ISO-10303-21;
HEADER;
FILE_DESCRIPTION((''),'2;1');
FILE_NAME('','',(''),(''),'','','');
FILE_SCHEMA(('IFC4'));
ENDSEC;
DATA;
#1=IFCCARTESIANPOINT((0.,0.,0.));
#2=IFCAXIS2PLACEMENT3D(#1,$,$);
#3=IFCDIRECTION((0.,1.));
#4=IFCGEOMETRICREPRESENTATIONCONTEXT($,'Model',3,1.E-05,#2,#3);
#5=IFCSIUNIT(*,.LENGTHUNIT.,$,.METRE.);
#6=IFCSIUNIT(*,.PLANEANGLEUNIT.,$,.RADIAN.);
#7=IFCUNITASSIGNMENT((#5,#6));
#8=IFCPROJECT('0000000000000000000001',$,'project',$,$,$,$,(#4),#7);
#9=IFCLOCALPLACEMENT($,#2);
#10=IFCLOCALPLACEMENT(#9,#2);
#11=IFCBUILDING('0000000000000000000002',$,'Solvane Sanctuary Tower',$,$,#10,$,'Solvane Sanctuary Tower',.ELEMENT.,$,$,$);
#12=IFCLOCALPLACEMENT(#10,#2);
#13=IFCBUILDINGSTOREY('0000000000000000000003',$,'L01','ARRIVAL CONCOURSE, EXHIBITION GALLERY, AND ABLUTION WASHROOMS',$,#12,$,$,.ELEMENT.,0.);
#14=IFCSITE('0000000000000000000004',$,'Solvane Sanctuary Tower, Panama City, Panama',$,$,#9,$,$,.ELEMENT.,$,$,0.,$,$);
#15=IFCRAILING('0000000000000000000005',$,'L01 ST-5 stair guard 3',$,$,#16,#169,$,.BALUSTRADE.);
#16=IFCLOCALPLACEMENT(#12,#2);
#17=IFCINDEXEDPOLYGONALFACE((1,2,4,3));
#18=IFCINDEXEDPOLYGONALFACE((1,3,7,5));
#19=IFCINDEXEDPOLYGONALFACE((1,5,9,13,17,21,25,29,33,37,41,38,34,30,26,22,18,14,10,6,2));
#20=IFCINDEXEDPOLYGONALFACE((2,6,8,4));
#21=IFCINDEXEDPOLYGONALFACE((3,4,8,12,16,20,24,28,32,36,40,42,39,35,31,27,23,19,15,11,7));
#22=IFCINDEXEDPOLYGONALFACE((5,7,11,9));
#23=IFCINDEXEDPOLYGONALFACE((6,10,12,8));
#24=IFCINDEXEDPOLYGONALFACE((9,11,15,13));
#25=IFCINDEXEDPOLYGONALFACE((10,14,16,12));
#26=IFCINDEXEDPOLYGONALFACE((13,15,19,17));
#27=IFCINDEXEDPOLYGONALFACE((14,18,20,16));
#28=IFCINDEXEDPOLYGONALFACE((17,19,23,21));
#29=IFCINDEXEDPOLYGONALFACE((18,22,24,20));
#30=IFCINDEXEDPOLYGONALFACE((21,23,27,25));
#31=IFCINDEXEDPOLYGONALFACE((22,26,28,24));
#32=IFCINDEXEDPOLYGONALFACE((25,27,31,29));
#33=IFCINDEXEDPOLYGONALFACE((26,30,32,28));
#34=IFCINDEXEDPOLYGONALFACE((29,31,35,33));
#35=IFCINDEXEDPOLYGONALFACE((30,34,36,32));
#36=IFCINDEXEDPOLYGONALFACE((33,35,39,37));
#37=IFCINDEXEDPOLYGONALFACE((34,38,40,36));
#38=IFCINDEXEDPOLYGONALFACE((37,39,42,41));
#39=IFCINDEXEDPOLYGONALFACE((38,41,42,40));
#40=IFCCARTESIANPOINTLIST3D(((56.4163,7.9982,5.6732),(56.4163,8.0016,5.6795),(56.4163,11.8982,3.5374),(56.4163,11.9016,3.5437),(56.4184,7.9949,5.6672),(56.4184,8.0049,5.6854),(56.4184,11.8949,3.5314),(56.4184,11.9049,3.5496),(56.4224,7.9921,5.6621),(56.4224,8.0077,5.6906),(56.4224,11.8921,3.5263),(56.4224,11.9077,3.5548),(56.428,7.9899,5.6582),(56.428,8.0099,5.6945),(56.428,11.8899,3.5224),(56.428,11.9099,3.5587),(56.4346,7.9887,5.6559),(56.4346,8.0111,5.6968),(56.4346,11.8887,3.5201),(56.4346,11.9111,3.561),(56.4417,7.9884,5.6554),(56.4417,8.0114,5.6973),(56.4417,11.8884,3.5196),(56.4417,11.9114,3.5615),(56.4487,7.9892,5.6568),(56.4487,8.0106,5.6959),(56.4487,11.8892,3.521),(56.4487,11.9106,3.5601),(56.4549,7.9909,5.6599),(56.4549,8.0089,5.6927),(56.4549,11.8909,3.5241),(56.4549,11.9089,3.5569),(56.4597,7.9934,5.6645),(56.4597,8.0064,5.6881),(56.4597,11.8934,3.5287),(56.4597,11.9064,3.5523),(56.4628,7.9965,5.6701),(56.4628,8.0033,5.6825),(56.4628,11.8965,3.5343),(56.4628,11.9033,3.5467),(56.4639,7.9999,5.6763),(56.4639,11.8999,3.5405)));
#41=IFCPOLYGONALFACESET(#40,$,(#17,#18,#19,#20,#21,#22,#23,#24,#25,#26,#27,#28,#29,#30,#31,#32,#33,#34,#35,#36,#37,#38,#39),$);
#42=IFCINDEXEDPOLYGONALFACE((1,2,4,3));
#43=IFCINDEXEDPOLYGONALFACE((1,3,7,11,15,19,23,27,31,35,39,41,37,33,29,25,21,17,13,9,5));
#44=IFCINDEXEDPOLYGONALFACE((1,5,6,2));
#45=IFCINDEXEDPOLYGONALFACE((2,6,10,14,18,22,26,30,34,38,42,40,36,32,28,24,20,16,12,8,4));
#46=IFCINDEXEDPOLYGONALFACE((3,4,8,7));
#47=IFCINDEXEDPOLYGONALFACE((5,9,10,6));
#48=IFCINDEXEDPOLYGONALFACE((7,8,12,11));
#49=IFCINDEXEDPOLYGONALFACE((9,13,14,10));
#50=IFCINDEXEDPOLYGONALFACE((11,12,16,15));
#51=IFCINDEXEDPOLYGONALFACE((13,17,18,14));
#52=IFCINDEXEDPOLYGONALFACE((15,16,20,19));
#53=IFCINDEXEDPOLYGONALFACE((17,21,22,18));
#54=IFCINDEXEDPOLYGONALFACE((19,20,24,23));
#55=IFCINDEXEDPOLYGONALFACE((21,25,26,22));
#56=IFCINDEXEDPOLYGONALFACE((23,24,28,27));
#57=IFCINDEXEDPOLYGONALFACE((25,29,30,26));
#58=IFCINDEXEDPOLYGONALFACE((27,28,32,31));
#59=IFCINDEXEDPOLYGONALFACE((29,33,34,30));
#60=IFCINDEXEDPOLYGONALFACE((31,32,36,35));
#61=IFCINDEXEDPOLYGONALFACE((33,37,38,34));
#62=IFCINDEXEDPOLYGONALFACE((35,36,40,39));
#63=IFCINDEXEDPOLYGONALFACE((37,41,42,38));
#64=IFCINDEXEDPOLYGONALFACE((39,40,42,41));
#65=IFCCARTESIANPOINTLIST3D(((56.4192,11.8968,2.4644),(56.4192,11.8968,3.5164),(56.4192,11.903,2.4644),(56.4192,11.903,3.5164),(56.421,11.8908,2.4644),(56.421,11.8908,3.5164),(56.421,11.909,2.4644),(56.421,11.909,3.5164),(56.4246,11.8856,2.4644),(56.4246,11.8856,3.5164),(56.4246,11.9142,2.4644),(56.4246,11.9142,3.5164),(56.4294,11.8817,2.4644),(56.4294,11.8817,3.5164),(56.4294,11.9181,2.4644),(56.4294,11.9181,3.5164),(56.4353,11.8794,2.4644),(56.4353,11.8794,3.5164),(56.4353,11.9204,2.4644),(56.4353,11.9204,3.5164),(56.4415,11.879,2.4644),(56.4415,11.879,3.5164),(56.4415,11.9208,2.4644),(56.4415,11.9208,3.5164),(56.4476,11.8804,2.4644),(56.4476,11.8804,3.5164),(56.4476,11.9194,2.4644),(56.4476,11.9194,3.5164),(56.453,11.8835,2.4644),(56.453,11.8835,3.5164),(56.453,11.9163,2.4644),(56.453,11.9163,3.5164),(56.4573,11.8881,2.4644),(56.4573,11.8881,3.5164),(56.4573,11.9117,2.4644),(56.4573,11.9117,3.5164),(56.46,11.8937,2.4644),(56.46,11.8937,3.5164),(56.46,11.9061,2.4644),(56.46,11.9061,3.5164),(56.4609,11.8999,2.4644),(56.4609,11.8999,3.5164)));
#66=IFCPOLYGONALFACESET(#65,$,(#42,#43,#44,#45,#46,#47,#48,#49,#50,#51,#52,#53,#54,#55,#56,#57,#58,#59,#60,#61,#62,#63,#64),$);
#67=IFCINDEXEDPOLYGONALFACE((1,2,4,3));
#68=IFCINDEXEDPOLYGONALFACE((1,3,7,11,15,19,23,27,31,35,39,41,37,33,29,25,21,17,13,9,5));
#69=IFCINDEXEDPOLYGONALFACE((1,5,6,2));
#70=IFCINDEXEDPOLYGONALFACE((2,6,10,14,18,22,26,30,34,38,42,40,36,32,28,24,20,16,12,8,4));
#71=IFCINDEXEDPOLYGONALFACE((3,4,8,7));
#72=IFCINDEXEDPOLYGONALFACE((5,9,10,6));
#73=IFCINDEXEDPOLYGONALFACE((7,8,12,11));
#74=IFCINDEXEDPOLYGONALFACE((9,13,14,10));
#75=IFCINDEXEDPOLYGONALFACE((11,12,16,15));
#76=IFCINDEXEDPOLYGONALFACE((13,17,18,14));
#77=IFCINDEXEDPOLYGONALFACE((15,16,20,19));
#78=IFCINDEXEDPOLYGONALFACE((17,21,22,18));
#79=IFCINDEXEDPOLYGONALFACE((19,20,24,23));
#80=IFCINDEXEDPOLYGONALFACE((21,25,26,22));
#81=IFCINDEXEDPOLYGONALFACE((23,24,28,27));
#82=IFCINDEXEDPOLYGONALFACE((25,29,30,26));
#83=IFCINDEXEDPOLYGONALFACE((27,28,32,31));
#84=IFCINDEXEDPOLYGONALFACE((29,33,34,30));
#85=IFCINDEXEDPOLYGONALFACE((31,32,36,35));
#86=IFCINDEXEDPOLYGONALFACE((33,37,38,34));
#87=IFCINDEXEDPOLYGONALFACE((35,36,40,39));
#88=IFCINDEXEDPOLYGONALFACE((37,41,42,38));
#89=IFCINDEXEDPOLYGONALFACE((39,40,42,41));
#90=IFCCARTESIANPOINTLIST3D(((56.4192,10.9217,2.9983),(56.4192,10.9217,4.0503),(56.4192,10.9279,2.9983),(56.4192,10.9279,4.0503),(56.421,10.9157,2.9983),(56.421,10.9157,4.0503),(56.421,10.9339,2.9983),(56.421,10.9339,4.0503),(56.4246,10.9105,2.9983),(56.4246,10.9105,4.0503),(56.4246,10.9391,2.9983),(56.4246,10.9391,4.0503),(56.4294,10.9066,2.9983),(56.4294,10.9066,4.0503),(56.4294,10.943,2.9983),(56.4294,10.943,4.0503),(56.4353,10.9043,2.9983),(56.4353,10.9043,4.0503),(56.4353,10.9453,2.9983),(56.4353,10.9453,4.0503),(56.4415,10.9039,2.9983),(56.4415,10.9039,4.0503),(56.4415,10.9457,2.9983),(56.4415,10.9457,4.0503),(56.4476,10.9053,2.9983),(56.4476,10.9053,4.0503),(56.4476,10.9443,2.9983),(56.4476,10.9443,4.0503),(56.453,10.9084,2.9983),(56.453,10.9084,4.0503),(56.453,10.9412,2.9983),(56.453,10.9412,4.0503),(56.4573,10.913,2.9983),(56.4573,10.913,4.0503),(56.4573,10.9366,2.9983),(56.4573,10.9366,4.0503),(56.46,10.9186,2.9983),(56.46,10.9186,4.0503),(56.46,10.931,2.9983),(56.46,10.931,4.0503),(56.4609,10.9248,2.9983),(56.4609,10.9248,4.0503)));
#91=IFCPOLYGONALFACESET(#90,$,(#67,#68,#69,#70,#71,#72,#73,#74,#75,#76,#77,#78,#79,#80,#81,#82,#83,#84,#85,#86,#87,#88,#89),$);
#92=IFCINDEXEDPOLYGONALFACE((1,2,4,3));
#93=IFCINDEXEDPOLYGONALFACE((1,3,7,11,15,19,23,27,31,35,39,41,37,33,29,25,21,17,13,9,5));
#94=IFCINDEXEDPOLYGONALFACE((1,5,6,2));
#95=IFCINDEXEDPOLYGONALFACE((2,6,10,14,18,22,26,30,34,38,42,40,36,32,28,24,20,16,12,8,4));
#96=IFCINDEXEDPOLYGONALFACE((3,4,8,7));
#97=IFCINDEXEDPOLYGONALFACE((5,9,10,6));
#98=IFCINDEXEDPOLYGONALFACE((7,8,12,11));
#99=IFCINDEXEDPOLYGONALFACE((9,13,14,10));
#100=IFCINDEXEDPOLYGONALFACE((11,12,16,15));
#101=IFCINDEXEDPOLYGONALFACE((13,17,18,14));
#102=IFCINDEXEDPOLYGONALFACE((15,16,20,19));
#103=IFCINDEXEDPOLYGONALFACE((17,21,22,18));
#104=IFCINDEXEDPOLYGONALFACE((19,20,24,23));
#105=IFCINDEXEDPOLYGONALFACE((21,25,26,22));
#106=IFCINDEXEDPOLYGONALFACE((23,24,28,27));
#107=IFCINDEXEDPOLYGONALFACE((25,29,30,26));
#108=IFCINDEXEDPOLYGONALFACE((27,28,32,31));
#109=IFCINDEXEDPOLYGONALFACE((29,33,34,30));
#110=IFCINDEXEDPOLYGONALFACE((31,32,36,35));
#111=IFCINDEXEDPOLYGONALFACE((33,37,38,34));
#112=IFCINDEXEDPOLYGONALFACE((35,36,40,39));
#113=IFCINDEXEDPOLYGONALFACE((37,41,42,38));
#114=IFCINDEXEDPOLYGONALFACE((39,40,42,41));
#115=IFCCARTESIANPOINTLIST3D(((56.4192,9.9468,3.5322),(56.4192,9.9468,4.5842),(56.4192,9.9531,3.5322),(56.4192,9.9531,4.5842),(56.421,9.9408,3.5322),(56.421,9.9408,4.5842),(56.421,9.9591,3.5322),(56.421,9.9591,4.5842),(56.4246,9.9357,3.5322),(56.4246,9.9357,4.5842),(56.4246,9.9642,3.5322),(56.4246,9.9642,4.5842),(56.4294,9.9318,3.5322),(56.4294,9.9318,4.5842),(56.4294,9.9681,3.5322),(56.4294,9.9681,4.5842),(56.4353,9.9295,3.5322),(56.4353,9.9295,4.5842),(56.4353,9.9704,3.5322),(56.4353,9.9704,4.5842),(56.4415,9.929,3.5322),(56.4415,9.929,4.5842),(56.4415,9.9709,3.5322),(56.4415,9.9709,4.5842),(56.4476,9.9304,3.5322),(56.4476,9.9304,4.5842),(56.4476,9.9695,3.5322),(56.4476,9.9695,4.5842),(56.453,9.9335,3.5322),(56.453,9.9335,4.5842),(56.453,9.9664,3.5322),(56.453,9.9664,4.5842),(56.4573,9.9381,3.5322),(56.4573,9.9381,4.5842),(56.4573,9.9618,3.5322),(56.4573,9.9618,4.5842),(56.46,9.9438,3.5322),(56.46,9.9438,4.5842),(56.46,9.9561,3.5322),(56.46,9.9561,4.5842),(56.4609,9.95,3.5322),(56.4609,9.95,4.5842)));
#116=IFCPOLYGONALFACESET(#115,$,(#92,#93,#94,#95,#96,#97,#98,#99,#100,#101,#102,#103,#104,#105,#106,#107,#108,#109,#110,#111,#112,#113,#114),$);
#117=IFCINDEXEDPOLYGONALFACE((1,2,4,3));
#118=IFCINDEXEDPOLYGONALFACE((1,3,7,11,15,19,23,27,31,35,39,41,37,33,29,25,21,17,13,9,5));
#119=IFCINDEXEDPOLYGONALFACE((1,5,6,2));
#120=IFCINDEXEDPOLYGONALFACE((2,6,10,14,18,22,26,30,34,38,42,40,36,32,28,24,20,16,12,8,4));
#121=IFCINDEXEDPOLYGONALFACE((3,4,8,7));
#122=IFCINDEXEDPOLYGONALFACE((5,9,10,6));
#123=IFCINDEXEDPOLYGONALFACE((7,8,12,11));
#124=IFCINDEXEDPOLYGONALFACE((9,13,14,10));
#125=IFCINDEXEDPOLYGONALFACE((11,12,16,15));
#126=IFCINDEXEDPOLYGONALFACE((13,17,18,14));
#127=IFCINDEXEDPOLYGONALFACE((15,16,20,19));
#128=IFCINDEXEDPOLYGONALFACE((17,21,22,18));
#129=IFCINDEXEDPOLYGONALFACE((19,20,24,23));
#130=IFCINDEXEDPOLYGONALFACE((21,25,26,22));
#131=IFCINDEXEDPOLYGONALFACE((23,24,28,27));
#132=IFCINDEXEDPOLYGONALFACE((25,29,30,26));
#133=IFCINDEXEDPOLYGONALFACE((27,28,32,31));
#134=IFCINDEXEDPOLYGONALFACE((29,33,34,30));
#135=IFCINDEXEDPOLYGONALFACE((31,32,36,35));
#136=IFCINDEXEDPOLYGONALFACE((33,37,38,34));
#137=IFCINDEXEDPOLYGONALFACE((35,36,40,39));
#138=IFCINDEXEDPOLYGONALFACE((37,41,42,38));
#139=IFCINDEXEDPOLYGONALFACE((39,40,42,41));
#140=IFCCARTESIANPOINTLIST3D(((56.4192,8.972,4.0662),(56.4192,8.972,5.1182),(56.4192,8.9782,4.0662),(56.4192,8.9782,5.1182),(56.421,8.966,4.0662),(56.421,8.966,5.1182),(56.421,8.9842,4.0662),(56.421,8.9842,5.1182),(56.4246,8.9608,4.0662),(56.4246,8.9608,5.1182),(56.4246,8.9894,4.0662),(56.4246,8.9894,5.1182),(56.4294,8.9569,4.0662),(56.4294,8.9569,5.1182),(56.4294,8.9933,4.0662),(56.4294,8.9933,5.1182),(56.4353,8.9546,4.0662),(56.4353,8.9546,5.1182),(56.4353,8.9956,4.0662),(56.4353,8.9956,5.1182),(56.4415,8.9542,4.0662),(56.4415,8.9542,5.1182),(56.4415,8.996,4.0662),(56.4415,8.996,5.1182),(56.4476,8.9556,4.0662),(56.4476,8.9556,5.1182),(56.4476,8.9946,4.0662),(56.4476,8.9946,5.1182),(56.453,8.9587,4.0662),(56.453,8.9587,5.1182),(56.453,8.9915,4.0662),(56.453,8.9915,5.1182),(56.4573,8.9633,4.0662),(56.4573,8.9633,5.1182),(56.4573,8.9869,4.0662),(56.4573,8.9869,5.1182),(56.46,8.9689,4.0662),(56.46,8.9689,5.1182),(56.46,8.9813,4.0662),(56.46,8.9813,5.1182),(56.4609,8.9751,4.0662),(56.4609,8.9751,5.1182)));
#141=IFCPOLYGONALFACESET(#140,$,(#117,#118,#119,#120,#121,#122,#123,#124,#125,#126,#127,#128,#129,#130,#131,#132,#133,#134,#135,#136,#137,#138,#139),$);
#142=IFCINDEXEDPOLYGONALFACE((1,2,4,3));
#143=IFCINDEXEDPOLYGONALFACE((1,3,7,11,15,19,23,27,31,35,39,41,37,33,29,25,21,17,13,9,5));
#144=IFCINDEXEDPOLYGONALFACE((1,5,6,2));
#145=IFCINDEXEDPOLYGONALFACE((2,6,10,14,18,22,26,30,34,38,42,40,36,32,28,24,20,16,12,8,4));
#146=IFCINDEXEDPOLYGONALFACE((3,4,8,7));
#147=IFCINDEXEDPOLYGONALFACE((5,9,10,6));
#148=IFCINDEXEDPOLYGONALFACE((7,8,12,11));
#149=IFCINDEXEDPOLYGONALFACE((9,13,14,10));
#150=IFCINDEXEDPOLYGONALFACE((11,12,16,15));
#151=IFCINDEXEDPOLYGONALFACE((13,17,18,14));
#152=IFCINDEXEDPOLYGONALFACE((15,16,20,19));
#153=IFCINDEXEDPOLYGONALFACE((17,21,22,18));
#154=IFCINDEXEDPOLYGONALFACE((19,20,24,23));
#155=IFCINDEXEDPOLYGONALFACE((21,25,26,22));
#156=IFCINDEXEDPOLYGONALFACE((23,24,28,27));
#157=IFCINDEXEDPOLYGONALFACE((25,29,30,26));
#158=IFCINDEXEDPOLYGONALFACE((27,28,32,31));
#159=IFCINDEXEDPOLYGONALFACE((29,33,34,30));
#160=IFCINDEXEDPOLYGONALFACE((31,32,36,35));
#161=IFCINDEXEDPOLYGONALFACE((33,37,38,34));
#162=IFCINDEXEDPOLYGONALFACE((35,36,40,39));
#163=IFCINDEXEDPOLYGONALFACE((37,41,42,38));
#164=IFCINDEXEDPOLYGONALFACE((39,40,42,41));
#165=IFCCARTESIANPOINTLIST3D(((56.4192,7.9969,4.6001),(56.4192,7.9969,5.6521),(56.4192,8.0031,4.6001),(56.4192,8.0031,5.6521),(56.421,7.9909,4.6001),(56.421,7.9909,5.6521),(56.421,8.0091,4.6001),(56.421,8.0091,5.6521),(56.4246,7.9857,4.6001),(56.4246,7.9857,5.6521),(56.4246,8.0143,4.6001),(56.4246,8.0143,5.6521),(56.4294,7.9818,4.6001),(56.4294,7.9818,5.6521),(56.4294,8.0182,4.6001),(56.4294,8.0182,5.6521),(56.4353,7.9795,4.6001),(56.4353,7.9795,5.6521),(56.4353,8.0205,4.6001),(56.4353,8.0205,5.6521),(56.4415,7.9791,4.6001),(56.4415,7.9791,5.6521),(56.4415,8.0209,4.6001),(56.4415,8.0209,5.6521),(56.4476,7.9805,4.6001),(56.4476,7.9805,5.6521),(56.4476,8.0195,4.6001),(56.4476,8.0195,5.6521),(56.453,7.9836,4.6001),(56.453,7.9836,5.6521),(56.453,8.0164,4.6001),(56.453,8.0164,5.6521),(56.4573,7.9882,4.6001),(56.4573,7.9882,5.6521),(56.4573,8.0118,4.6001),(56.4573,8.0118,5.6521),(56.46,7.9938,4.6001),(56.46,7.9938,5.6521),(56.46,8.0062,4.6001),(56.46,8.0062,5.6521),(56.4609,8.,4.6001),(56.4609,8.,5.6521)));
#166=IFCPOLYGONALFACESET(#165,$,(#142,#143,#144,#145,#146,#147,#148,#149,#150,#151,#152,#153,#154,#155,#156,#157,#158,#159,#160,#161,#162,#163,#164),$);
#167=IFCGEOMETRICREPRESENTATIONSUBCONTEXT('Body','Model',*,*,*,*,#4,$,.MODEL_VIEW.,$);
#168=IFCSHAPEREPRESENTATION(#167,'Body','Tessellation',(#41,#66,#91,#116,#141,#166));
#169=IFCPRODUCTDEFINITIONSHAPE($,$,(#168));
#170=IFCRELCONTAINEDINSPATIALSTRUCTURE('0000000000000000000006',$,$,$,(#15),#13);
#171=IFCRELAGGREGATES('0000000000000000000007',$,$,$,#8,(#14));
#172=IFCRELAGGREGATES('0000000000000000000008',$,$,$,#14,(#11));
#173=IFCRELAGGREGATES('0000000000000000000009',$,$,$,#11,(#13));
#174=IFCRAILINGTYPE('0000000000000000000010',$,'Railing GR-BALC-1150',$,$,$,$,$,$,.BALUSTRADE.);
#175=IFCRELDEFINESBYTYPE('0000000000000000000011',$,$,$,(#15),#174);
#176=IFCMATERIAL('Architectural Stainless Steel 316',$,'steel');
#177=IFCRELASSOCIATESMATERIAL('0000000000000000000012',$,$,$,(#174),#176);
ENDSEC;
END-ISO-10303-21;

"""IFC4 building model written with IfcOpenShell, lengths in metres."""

from ifc_helpers import new_model, si_unit, direction, frame, origin, origin_2d, place, context, subcontext, project, spatial, circle, extrude, material, type_object, element, save


model = new_model("IFC4")

# Units and contexts
model_context = context("Model", 3, precision=1e-05, world=origin(), true_north=direction((0.0, 1.0)))
body_context = subcontext(model_context, "Body", "Model", "MODEL_VIEW")
ifc_project = project(units=[si_unit("LENGTHUNIT", "METRE"), si_unit("PLANEANGLEUNIT", "RADIAN")], contexts=[model_context])

# Site, building, storey
site_placement = place(None, origin())
site = spatial("IfcSite", under=ifc_project, at=site_placement, Name="Solvane Sanctuary Tower, Panama City, Panama", CompositionType="ELEMENT", RefElevation=0.0)
building_placement = place(site_placement, origin())
building = spatial("IfcBuilding", under=site, at=building_placement, Name="Solvane Sanctuary Tower", LongName="Solvane Sanctuary Tower", CompositionType="ELEMENT")
storey_placement = place(building_placement, origin())
storey = spatial("IfcBuildingStorey", under=building, at=storey_placement, Name="L01", Description="ARRIVAL CONCOURSE, EXHIBITION GALLERY, AND ABLUTION WASHROOMS", CompositionType="ELEMENT", Elevation=0.0)

# Shared definitions
ifc_material_1 = material(Name="Architectural Stainless Steel 316", Category="steel")

# Railing
railing_type_1 = type_object("IfcRailingType", Name="Railing GR-BALC-1150", PredefinedType="BALUSTRADE", material=ifc_material_1)
railing_1_placement = place(storey_placement, frame((56.4399, 11.8999, 2.4644)))
element("IfcRailing", 1, at=railing_1_placement, inside=storey, type_object=railing_type_1, Name="L01 ST-5 stair guard 3", PredefinedType="BALUSTRADE", context=body_context, shape_type="SweptSolid", body=[
    extrude(circle(Radius=0.0239, at=origin_2d()), frame((0.0, 0.0, 1.0762), z_axis=(0.0, -0.877089, 0.480329), x_axis=(1.0, 0.0, 0.0)), (0.0, 0.0, 1.0), 4.4465),
    extrude(circle(Radius=0.021, at=origin_2d()), origin(), (0.0, 0.0, 1.0), 1.052),
    extrude(circle(Radius=0.021, at=origin_2d()), frame((0.0, -0.9751, 0.5339)), (0.0, 0.0, 1.0), 1.052),
    extrude(circle(Radius=0.021, at=origin_2d()), frame((0.0, -1.95, 1.0679)), (0.0, 0.0, 1.0), 1.052),
    extrude(circle(Radius=0.021, at=origin_2d()), frame((0.0, -2.9248, 1.6018)), (0.0, 0.0, 1.0), 1.052),
    extrude(circle(Radius=0.021, at=origin_2d()), frame((0.0, -3.8999, 2.1357)), (0.0, 0.0, 1.0), 1.052),
])

save(model, "model.ifc")
